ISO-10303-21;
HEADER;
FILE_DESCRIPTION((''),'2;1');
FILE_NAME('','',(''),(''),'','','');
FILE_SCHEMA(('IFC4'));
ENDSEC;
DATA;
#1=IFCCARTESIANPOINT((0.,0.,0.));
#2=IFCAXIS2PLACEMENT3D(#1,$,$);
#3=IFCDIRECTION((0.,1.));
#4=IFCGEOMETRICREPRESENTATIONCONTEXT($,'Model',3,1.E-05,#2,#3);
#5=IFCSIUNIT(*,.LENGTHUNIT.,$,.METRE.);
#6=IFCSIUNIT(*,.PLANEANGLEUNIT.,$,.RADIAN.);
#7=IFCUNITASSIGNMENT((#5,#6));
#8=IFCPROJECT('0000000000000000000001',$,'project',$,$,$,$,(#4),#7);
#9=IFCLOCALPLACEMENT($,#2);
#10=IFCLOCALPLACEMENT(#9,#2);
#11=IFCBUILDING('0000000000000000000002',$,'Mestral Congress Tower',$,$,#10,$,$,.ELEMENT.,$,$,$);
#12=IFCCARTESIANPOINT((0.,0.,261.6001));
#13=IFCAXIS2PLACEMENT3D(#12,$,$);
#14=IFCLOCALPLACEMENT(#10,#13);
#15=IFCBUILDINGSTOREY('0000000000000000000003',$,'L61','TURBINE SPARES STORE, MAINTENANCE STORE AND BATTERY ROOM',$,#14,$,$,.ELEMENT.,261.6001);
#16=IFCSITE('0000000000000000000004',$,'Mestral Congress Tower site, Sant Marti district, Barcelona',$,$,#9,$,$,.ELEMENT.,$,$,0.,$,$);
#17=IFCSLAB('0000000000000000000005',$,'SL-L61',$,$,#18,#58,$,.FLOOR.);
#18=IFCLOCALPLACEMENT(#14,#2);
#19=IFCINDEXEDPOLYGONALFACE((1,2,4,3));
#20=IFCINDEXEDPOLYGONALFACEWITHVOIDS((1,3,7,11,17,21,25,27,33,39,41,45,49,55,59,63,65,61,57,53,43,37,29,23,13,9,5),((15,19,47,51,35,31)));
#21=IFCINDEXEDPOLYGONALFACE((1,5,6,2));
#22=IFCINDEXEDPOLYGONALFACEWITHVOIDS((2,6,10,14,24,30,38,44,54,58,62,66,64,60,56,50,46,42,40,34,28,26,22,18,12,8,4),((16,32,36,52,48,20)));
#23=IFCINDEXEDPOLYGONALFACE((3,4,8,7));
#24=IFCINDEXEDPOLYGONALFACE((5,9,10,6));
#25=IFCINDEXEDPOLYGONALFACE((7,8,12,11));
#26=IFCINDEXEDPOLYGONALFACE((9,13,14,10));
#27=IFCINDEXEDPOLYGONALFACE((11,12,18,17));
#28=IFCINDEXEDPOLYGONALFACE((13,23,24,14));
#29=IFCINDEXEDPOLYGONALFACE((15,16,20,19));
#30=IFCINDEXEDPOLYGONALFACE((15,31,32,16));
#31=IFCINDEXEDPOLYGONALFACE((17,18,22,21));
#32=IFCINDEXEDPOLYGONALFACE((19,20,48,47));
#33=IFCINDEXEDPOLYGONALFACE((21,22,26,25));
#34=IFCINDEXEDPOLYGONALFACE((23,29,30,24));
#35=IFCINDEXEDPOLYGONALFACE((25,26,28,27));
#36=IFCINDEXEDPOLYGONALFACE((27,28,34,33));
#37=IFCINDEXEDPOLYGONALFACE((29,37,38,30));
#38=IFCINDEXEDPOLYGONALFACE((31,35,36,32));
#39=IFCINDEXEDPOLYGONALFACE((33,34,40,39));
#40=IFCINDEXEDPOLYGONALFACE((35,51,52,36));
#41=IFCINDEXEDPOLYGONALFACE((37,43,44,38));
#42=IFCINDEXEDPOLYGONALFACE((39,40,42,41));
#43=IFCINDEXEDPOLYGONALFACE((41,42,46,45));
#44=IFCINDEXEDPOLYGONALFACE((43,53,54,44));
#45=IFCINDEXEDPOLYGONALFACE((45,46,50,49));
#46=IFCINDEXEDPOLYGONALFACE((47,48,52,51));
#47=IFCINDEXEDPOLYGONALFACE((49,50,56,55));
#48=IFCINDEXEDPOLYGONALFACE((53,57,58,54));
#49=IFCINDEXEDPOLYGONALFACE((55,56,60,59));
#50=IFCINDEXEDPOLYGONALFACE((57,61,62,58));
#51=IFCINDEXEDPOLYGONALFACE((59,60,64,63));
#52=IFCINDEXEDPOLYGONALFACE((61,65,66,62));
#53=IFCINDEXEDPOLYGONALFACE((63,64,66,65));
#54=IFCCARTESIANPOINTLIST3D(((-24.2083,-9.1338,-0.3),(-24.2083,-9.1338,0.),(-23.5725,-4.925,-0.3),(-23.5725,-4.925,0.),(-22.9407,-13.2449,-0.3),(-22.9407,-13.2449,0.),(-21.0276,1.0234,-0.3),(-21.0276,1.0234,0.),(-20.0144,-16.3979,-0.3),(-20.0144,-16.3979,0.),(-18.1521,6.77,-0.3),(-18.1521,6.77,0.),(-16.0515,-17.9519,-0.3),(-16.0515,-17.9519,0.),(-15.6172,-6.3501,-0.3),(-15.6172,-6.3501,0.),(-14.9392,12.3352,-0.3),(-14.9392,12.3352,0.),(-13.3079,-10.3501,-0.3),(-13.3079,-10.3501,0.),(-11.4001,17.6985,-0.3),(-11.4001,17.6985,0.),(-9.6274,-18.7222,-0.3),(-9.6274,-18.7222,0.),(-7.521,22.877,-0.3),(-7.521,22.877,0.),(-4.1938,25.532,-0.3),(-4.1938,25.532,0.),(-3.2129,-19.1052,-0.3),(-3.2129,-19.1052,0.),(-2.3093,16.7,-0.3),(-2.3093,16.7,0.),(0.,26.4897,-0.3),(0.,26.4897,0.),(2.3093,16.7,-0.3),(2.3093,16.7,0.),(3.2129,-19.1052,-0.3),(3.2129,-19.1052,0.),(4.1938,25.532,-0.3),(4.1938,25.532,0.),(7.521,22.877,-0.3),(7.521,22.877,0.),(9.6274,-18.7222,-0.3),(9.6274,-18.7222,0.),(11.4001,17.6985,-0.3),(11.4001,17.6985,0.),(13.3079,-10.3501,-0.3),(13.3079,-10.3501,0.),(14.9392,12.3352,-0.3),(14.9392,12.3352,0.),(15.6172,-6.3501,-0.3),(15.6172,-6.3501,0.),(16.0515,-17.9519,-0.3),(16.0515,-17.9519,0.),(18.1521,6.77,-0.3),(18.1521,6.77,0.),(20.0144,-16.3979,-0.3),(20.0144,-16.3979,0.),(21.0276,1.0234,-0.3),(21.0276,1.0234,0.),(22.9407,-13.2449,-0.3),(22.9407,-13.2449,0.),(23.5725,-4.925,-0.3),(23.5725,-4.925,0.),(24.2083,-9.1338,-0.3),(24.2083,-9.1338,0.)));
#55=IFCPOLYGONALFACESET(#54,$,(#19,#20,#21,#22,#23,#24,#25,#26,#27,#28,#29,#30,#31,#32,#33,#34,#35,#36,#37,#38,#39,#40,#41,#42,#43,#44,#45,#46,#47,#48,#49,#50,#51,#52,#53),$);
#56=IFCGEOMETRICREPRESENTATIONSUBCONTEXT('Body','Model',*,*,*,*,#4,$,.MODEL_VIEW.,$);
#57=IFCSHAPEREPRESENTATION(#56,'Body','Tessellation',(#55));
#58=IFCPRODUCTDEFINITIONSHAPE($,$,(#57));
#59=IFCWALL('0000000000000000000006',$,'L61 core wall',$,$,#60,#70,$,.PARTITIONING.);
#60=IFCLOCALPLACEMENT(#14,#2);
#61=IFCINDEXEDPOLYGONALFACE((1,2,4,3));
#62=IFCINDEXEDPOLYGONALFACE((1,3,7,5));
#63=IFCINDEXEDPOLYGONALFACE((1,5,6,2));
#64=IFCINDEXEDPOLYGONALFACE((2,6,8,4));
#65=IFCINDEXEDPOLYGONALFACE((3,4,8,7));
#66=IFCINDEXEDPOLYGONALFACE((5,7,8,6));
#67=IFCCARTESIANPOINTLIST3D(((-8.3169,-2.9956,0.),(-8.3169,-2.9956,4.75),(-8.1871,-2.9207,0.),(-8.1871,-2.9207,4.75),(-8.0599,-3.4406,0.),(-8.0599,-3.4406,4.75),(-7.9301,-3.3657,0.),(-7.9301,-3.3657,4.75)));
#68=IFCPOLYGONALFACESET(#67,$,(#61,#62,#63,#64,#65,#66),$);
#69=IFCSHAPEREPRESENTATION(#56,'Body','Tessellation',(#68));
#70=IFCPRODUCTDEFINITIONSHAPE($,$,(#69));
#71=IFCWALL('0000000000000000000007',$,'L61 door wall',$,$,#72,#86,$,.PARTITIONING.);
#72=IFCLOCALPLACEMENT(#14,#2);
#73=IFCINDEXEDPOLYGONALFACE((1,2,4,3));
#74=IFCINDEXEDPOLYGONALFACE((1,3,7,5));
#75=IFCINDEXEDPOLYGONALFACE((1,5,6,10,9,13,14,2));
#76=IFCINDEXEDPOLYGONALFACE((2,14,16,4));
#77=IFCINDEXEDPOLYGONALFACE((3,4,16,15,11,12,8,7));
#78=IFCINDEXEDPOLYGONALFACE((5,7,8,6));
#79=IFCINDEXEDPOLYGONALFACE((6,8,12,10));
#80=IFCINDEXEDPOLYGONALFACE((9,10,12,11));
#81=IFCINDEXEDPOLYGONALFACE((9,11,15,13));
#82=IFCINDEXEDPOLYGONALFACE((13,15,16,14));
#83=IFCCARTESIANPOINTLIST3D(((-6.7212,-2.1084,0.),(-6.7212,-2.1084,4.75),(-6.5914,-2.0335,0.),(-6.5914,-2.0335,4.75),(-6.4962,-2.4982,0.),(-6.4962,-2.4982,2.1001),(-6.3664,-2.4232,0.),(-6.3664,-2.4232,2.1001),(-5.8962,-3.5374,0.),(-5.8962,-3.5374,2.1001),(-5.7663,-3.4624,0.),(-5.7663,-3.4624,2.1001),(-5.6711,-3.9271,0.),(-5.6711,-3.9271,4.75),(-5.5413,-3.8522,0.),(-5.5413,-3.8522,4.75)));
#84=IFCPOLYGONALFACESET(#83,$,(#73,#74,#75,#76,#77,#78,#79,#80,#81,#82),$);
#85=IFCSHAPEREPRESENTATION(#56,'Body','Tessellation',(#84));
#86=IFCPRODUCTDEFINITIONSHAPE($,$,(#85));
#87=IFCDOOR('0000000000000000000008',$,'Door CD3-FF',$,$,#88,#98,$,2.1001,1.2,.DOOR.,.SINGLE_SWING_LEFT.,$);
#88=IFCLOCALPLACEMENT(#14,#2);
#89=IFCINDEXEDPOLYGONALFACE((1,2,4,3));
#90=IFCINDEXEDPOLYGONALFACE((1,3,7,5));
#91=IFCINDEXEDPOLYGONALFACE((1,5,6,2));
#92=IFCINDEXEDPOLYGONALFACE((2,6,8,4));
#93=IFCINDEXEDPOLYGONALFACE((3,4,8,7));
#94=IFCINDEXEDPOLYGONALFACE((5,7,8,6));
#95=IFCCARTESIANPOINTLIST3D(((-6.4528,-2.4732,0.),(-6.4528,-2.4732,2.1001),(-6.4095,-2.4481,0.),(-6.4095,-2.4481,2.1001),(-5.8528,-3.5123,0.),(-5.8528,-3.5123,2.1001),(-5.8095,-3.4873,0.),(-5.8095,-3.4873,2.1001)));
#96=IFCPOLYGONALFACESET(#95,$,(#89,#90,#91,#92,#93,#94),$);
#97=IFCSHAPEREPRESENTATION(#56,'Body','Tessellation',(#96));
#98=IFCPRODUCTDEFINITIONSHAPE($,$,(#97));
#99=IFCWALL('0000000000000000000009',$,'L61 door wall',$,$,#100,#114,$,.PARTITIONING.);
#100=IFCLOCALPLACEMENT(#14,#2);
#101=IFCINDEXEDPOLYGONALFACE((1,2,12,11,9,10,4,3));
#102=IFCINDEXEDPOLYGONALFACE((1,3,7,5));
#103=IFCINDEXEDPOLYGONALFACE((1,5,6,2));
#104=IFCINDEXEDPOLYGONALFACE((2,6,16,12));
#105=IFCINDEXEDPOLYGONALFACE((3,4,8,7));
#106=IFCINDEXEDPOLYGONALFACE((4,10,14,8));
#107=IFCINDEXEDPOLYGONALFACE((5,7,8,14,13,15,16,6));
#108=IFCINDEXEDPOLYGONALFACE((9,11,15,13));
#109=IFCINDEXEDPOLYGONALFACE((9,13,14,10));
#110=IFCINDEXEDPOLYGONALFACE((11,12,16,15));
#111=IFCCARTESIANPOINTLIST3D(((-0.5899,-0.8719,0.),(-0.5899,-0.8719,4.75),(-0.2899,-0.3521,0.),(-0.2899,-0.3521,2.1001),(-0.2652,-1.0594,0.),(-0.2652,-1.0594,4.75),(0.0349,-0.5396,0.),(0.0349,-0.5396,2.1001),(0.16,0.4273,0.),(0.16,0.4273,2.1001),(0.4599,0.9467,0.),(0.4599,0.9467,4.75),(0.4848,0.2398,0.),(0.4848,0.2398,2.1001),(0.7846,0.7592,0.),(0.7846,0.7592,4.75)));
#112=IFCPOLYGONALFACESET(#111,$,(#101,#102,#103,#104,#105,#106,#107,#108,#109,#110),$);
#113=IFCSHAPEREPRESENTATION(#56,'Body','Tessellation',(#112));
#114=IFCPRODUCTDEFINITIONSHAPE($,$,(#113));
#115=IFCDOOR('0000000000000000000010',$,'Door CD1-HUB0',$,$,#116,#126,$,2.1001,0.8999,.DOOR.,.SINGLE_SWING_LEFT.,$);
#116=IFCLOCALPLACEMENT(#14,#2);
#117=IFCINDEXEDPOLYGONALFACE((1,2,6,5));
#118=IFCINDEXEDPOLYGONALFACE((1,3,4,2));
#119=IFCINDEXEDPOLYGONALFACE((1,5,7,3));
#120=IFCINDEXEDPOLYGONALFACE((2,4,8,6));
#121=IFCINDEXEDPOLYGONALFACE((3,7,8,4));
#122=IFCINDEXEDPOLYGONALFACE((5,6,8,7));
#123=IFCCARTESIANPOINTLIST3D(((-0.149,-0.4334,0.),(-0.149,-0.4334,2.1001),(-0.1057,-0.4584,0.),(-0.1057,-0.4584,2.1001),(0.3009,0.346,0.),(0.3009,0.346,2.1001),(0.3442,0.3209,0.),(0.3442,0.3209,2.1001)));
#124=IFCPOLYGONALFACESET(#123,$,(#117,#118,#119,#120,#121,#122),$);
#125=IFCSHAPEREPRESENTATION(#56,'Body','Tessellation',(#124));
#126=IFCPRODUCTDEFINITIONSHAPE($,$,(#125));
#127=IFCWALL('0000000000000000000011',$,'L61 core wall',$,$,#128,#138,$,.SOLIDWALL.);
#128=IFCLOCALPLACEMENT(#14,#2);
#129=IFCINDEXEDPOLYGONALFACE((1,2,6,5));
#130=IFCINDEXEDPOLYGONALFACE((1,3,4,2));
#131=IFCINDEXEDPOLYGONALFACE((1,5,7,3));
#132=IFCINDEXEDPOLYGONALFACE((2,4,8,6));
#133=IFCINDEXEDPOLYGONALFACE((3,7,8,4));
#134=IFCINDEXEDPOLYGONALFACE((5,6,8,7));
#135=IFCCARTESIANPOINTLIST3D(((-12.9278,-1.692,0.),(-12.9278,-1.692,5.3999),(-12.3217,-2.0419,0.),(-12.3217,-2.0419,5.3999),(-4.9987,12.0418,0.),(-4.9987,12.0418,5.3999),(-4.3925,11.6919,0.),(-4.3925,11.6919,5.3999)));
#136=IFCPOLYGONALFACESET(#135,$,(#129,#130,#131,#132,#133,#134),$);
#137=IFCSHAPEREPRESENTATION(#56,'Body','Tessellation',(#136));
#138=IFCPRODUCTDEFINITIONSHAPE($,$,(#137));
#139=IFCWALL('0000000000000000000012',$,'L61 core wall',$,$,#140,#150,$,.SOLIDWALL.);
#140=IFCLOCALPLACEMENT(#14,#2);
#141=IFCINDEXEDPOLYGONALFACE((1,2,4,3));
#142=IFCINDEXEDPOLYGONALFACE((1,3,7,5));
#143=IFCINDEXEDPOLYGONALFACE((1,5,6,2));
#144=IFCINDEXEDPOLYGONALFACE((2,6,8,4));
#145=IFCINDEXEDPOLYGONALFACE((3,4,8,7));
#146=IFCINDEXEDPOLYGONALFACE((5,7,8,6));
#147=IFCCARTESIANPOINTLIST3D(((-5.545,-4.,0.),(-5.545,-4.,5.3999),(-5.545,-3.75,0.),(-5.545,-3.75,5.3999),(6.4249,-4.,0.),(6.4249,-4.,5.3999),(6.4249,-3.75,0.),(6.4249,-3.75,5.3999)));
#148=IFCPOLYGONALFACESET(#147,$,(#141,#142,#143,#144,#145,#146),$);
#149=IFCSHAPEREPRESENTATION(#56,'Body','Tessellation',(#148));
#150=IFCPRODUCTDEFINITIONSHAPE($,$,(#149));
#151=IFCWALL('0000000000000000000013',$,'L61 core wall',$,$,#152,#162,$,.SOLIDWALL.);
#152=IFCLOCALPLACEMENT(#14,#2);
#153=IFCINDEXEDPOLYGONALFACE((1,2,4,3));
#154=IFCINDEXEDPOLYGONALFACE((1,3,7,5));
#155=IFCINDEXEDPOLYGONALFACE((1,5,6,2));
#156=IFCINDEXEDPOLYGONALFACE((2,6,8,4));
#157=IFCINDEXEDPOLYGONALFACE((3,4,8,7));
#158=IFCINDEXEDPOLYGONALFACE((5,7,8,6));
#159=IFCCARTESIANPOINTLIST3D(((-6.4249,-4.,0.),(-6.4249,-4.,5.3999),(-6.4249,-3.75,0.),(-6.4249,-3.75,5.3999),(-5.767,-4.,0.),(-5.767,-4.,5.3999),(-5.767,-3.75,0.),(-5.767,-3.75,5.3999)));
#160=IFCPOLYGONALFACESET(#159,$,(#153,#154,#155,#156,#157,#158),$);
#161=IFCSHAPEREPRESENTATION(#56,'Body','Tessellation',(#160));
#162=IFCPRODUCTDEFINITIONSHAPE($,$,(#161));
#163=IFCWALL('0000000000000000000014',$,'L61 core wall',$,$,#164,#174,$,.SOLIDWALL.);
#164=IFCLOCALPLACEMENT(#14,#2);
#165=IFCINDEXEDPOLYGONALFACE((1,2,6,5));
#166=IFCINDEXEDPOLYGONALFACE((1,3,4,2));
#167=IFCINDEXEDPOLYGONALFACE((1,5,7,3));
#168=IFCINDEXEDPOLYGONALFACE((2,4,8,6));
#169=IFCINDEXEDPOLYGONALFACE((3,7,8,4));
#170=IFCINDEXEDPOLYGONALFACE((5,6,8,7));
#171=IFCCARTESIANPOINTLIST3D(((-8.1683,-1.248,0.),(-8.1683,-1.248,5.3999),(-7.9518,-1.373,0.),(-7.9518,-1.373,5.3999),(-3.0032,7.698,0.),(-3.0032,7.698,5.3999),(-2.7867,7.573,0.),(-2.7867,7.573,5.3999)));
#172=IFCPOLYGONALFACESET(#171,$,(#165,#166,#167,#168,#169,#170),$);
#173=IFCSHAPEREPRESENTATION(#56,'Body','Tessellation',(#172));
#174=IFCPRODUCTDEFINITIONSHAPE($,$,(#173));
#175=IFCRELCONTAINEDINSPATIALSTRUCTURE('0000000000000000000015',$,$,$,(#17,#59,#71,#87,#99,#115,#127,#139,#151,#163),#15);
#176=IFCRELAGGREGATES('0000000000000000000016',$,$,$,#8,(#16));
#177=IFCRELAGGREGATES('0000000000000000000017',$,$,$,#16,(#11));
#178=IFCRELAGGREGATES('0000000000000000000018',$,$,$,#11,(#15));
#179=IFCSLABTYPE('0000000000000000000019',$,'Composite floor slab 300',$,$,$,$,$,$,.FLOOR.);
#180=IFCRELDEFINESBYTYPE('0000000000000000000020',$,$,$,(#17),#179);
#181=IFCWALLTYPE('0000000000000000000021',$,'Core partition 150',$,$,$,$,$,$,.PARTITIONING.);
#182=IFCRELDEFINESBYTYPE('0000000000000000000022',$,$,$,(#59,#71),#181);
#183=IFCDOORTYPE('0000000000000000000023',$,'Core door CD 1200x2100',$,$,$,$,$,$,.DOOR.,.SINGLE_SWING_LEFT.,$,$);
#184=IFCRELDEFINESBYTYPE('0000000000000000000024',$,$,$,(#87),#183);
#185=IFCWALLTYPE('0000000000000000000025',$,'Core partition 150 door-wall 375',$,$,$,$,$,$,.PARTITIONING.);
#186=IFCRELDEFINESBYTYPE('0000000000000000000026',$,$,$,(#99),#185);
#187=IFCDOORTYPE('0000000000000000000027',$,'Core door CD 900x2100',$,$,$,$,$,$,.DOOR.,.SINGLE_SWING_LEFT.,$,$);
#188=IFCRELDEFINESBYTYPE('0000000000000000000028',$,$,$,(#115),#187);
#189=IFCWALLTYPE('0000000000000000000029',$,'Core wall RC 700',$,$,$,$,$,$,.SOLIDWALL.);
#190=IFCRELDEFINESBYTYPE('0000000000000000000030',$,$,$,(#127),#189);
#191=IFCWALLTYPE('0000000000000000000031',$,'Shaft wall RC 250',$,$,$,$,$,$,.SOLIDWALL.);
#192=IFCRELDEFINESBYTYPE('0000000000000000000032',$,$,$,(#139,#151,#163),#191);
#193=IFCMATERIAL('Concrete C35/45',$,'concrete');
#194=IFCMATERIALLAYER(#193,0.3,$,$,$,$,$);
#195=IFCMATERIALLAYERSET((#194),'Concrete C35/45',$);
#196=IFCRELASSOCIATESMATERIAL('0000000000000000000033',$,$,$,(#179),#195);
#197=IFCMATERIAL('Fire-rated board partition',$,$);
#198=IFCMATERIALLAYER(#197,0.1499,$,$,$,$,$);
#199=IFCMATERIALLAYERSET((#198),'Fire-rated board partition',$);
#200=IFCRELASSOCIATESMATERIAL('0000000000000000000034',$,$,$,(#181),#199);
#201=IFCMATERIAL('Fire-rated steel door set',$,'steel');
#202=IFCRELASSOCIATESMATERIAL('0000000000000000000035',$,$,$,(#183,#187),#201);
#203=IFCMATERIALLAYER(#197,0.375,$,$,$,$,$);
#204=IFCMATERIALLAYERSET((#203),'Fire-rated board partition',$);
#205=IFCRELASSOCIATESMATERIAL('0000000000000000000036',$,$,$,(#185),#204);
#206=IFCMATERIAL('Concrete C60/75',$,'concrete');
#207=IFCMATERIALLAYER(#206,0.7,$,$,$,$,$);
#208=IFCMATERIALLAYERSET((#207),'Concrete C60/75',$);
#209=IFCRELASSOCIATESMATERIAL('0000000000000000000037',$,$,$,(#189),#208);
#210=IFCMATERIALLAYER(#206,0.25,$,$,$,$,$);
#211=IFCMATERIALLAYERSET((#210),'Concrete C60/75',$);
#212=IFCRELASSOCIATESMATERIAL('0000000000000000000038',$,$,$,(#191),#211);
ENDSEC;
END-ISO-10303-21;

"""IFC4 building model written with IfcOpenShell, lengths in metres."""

from ifc_helpers import new_model, si_unit, direction, frame, frame_2d, origin, place, context, subcontext, project, spatial, polyline, rectangle, outline, extrude, material, layer, layer_set, type_object, element, fill, save


model = new_model("IFC4")

# Units and contexts
model_context = context("Model", 3, precision=1e-05, world=origin(), true_north=direction((0.0, 1.0)))
body_context = subcontext(model_context, "Body", "Model", "MODEL_VIEW")
ifc_project = project(units=[si_unit("LENGTHUNIT", "METRE"), si_unit("PLANEANGLEUNIT", "RADIAN")], contexts=[model_context])

# Site, building, storey
site_placement = place(None, origin())
site = spatial("IfcSite", under=ifc_project, at=site_placement, Name="Mestral Congress Tower site, Sant Marti district, Barcelona", CompositionType="ELEMENT", RefElevation=0.0)
building_placement = place(site_placement, origin())
building = spatial("IfcBuilding", under=site, at=building_placement, Name="Mestral Congress Tower", CompositionType="ELEMENT")
storey_placement = place(building_placement, frame((0.0, 0.0, 261.6001)))
storey = spatial("IfcBuildingStorey", under=building, at=storey_placement, Name="L61", Description="TURBINE SPARES STORE, MAINTENANCE STORE AND BATTERY ROOM", CompositionType="ELEMENT", Elevation=261.6001)

# Slab
ifc_material_1 = material(Name="Concrete C35/45", Category="concrete")
ifc_layer_1 = layer(ifc_material_1, 0.3)
ifc_layer_set_1 = layer_set([ifc_layer_1], Name="Concrete C35/45")
slab_type = type_object("IfcSlabType", Name="Composite floor slab 300", PredefinedType="FLOOR", material=ifc_layer_set_1)
slab_placement = place(storey_placement, frame((0.0, 0.0, -0.3)))
element("IfcSlab", 1, at=slab_placement, inside=storey, type_object=slab_type, Name="SL-L61", PredefinedType="FLOOR", context=body_context, shape_type="SweptSolid", body=[
    extrude(outline(polyline([(-16.0515, -17.9519), (-20.0144, -16.3979), (-22.9407, -13.2449), (-24.2083, -9.1338), (-23.5725, -4.925), (-21.0276, 1.0234), (-18.1521, 6.77), (-14.9392, 12.3352), (-11.4001, 17.6985), (-7.521, 22.877), (-4.1938, 25.532), (0.0, 26.4897), (4.1938, 25.532), (7.521, 22.877), (11.4001, 17.6985), (14.9392, 12.3352), (18.1521, 6.77), (21.0276, 1.0234), (23.5725, -4.925), (24.2083, -9.1338), (22.9407, -13.2449), (20.0144, -16.3979), (16.0515, -17.9519), (9.6274, -18.7222), (3.2129, -19.1052), (-3.2129, -19.1052), (-9.6274, -18.7222), (-16.0515, -17.9519)]), holes=[polyline([(-2.3093, 16.7), (-15.6172, -6.3501), (-13.3079, -10.3501), (13.3079, -10.3501), (15.6172, -6.3501), (2.3093, 16.7), (-2.3093, 16.7)])]), origin(), (0.0, 0.0, 1.0), 0.3),
])

# Wall
ifc_material_2 = material(Name="Fire-rated board partition")
ifc_layer_2 = layer(ifc_material_2, 0.1499)
ifc_layer_set_2 = layer_set([ifc_layer_2], Name="Fire-rated board partition")
wall_type_1 = type_object("IfcWallType", Name="Core partition 150", PredefinedType="PARTITIONING", material=ifc_layer_set_2)
wall_1_placement = place(storey_placement, frame((-8.252, -2.9583, 0.0), z_axis=(0.0, 0.0, 1.0), x_axis=(0.500175, -0.865925, 0.0)))
element("IfcWall", 2, at=wall_1_placement, inside=storey, type_object=wall_type_1, Name="L61 core wall", PredefinedType="PARTITIONING", context=body_context, shape_type="SweptSolid", body=[
    extrude(rectangle(XDim=0.5139, YDim=0.1499, at=frame_2d((0.2568, 0.0))), origin(), (0.0, 0.0, 1.0), 4.75),
])

# Walls, openings, doors
wall_2_placement = place(storey_placement, frame((-5.6062, -3.8896, 0.0), z_axis=(0.0, 0.0, 1.0), x_axis=(-0.500028, 0.866009, 0.0)))
wall_2 = element("IfcWall", 3, at=wall_2_placement, inside=storey, type_object=wall_type_1, Name="L61 door wall", PredefinedType="PARTITIONING", context=body_context, shape_type="SweptSolid", body=[
    extrude(rectangle(XDim=2.1001, YDim=0.1499, at=frame_2d((1.05, 0.0))), origin(), (0.0, 0.0, 1.0), 4.75),
])
opening_1_placement = place(wall_2_placement, frame((0.45, 0.0, 0.0)))
opening_1 = element("IfcOpeningElement", 4, at=opening_1_placement, cuts=wall_2, PredefinedType="OPENING", context=body_context, shape_type="SweptSolid", body=[
    extrude(rectangle(XDim=1.2, YDim=2.1001, at=frame_2d((0.6001, 1.05))), frame((0.0, 0.085, 0.0), z_axis=(0.0, -1.0, 0.0), x_axis=(1.0, 0.0, 0.0)), (0.0, 0.0, 1.0), 0.1699),
])
ifc_material_3 = material(Name="Fire-rated steel door set", Category="steel")
door_type_1 = type_object("IfcDoorType", Name="Core door CD 1200x2100", OperationType="SINGLE_SWING_LEFT", PredefinedType="DOOR", material=ifc_material_3)
door_1_placement = place(opening_1_placement, origin())
door_1 = element("IfcDoor", 5, at=door_1_placement, inside=storey, type_object=door_type_1, Name="Door CD3-FF", OperationType="SINGLE_SWING_LEFT", OverallHeight=2.1001, OverallWidth=1.2, PredefinedType="DOOR", context=body_context, shape_type="SweptSolid", body=[
    extrude(rectangle(XDim=1.2, YDim=2.1001, at=frame_2d((0.6001, 1.05))), frame((0.0, 0.0249, 0.0), z_axis=(0.0, -1.0, 0.0), x_axis=(1.0, 0.0, 0.0)), (0.0, 0.0, 1.0), 0.05),
])
fill(opening_1, door_1)
ifc_layer_3 = layer(ifc_material_2, 0.375)
ifc_layer_set_3 = layer_set([ifc_layer_3], Name="Fire-rated board partition")
wall_type_2 = type_object("IfcWallType", Name="Core partition 150 door-wall 375", PredefinedType="PARTITIONING", material=ifc_layer_set_3)
wall_3_placement = place(storey_placement, frame((-0.4275, -0.9656, 0.0), z_axis=(0.0, 0.0, 1.0), x_axis=(0.499941, 0.86606, 0.0)))
wall_3 = element("IfcWall", 6, at=wall_3_placement, inside=storey, type_object=wall_type_2, Name="L61 door wall", PredefinedType="PARTITIONING", context=body_context, shape_type="SweptSolid", body=[
    extrude(rectangle(XDim=2.0999, YDim=0.375, at=frame_2d((1.0498, 0.0))), origin(), (0.0, 0.0, 1.0), 4.75),
])
opening_2_placement = place(wall_3_placement, frame((0.6001, 0.0, 0.0)))
opening_2 = element("IfcOpeningElement", 7, at=opening_2_placement, cuts=wall_3, PredefinedType="OPENING", context=body_context, shape_type="SweptSolid", body=[
    extrude(rectangle(XDim=0.8999, YDim=2.1001, at=frame_2d((0.45, 1.05))), frame((0.0, 0.1975, 0.0), z_axis=(0.0, -1.0, 0.0), x_axis=(1.0, 0.0, 0.0)), (0.0, 0.0, 1.0), 0.395),
])
door_type_2 = type_object("IfcDoorType", Name="Core door CD 900x2100", OperationType="SINGLE_SWING_LEFT", PredefinedType="DOOR", material=ifc_material_3)
door_2_placement = place(opening_2_placement, origin())
door_2 = element("IfcDoor", 8, at=door_2_placement, inside=storey, type_object=door_type_2, Name="Door CD1-HUB0", OperationType="SINGLE_SWING_LEFT", OverallHeight=2.1001, OverallWidth=0.8999, PredefinedType="DOOR", context=body_context, shape_type="SweptSolid", body=[
    extrude(rectangle(XDim=0.8999, YDim=2.1001, at=frame_2d((0.45, 1.05))), frame((0.0, 0.0249, 0.0), z_axis=(0.0, -1.0, 0.0), x_axis=(1.0, 0.0, 0.0)), (0.0, 0.0, 1.0), 0.05),
])
fill(opening_2, door_2)

# Walls
ifc_material_4 = material(Name="Concrete C60/75", Category="concrete")
ifc_layer_4 = layer(ifc_material_4, 0.7)
ifc_layer_set_4 = layer_set([ifc_layer_4], Name="Concrete C60/75")
wall_type_3 = type_object("IfcWallType", Name="Core wall RC 700", PredefinedType="SOLIDWALL", material=ifc_layer_set_4)
wall_4_placement = place(storey_placement, frame((-12.6248, -1.8669, 0.0), z_axis=(0.0, 0.0, 1.0), x_axis=(0.499997, 0.866027, 0.0)))
element("IfcWall", 9, at=wall_4_placement, inside=storey, type_object=wall_type_3, Name="L61 core wall", PredefinedType="SOLIDWALL", context=body_context, shape_type="SweptSolid", body=[
    extrude(rectangle(XDim=15.8584, YDim=0.7, at=frame_2d((7.9292, 0.0))), origin(), (0.0, 0.0, 1.0), 5.3999),
])
ifc_layer_5 = layer(ifc_material_4, 0.25)
ifc_layer_set_5 = layer_set([ifc_layer_5], Name="Concrete C60/75")
wall_type_4 = type_object("IfcWallType", Name="Shaft wall RC 250", PredefinedType="SOLIDWALL", material=ifc_layer_set_5)
wall_5_placement = place(storey_placement, frame((-5.5449, -3.875, 0.0), z_axis=(0.0, 0.0, 1.0), x_axis=(1.0, 0.0, 0.0)))
element("IfcWall", 10, at=wall_5_placement, inside=storey, type_object=wall_type_4, Name="L61 core wall", PredefinedType="SOLIDWALL", context=body_context, shape_type="SweptSolid", body=[
    extrude(rectangle(XDim=11.97, YDim=0.25, at=frame_2d((5.9849, 0.0))), origin(), (0.0, 0.0, 1.0), 5.3999),
])
wall_6_placement = place(storey_placement, frame((-6.425, -3.875, 0.0), z_axis=(0.0, 0.0, 1.0), x_axis=(1.0, 0.0, 0.0)))
element("IfcWall", 11, at=wall_6_placement, inside=storey, type_object=wall_type_4, Name="L61 core wall", PredefinedType="SOLIDWALL", context=body_context, shape_type="SweptSolid", body=[
    extrude(rectangle(XDim=0.658, YDim=0.25, at=frame_2d((0.3291, 0.0))), origin(), (0.0, 0.0, 1.0), 5.3999),
])
wall_7_placement = place(storey_placement, frame((-8.0601, -1.3105, 0.0), z_axis=(0.0, 0.0, 1.0), x_axis=(0.500003, 0.866024, 0.0)))
element("IfcWall", 12, at=wall_7_placement, inside=storey, type_object=wall_type_4, Name="L61 core wall", PredefinedType="SOLIDWALL", context=body_context, shape_type="SweptSolid", body=[
    extrude(rectangle(XDim=10.3301, YDim=0.25, at=frame_2d((5.165, 0.0))), origin(), (0.0, 0.0, 1.0), 5.3999),
])

save(model, "model.ifc")
